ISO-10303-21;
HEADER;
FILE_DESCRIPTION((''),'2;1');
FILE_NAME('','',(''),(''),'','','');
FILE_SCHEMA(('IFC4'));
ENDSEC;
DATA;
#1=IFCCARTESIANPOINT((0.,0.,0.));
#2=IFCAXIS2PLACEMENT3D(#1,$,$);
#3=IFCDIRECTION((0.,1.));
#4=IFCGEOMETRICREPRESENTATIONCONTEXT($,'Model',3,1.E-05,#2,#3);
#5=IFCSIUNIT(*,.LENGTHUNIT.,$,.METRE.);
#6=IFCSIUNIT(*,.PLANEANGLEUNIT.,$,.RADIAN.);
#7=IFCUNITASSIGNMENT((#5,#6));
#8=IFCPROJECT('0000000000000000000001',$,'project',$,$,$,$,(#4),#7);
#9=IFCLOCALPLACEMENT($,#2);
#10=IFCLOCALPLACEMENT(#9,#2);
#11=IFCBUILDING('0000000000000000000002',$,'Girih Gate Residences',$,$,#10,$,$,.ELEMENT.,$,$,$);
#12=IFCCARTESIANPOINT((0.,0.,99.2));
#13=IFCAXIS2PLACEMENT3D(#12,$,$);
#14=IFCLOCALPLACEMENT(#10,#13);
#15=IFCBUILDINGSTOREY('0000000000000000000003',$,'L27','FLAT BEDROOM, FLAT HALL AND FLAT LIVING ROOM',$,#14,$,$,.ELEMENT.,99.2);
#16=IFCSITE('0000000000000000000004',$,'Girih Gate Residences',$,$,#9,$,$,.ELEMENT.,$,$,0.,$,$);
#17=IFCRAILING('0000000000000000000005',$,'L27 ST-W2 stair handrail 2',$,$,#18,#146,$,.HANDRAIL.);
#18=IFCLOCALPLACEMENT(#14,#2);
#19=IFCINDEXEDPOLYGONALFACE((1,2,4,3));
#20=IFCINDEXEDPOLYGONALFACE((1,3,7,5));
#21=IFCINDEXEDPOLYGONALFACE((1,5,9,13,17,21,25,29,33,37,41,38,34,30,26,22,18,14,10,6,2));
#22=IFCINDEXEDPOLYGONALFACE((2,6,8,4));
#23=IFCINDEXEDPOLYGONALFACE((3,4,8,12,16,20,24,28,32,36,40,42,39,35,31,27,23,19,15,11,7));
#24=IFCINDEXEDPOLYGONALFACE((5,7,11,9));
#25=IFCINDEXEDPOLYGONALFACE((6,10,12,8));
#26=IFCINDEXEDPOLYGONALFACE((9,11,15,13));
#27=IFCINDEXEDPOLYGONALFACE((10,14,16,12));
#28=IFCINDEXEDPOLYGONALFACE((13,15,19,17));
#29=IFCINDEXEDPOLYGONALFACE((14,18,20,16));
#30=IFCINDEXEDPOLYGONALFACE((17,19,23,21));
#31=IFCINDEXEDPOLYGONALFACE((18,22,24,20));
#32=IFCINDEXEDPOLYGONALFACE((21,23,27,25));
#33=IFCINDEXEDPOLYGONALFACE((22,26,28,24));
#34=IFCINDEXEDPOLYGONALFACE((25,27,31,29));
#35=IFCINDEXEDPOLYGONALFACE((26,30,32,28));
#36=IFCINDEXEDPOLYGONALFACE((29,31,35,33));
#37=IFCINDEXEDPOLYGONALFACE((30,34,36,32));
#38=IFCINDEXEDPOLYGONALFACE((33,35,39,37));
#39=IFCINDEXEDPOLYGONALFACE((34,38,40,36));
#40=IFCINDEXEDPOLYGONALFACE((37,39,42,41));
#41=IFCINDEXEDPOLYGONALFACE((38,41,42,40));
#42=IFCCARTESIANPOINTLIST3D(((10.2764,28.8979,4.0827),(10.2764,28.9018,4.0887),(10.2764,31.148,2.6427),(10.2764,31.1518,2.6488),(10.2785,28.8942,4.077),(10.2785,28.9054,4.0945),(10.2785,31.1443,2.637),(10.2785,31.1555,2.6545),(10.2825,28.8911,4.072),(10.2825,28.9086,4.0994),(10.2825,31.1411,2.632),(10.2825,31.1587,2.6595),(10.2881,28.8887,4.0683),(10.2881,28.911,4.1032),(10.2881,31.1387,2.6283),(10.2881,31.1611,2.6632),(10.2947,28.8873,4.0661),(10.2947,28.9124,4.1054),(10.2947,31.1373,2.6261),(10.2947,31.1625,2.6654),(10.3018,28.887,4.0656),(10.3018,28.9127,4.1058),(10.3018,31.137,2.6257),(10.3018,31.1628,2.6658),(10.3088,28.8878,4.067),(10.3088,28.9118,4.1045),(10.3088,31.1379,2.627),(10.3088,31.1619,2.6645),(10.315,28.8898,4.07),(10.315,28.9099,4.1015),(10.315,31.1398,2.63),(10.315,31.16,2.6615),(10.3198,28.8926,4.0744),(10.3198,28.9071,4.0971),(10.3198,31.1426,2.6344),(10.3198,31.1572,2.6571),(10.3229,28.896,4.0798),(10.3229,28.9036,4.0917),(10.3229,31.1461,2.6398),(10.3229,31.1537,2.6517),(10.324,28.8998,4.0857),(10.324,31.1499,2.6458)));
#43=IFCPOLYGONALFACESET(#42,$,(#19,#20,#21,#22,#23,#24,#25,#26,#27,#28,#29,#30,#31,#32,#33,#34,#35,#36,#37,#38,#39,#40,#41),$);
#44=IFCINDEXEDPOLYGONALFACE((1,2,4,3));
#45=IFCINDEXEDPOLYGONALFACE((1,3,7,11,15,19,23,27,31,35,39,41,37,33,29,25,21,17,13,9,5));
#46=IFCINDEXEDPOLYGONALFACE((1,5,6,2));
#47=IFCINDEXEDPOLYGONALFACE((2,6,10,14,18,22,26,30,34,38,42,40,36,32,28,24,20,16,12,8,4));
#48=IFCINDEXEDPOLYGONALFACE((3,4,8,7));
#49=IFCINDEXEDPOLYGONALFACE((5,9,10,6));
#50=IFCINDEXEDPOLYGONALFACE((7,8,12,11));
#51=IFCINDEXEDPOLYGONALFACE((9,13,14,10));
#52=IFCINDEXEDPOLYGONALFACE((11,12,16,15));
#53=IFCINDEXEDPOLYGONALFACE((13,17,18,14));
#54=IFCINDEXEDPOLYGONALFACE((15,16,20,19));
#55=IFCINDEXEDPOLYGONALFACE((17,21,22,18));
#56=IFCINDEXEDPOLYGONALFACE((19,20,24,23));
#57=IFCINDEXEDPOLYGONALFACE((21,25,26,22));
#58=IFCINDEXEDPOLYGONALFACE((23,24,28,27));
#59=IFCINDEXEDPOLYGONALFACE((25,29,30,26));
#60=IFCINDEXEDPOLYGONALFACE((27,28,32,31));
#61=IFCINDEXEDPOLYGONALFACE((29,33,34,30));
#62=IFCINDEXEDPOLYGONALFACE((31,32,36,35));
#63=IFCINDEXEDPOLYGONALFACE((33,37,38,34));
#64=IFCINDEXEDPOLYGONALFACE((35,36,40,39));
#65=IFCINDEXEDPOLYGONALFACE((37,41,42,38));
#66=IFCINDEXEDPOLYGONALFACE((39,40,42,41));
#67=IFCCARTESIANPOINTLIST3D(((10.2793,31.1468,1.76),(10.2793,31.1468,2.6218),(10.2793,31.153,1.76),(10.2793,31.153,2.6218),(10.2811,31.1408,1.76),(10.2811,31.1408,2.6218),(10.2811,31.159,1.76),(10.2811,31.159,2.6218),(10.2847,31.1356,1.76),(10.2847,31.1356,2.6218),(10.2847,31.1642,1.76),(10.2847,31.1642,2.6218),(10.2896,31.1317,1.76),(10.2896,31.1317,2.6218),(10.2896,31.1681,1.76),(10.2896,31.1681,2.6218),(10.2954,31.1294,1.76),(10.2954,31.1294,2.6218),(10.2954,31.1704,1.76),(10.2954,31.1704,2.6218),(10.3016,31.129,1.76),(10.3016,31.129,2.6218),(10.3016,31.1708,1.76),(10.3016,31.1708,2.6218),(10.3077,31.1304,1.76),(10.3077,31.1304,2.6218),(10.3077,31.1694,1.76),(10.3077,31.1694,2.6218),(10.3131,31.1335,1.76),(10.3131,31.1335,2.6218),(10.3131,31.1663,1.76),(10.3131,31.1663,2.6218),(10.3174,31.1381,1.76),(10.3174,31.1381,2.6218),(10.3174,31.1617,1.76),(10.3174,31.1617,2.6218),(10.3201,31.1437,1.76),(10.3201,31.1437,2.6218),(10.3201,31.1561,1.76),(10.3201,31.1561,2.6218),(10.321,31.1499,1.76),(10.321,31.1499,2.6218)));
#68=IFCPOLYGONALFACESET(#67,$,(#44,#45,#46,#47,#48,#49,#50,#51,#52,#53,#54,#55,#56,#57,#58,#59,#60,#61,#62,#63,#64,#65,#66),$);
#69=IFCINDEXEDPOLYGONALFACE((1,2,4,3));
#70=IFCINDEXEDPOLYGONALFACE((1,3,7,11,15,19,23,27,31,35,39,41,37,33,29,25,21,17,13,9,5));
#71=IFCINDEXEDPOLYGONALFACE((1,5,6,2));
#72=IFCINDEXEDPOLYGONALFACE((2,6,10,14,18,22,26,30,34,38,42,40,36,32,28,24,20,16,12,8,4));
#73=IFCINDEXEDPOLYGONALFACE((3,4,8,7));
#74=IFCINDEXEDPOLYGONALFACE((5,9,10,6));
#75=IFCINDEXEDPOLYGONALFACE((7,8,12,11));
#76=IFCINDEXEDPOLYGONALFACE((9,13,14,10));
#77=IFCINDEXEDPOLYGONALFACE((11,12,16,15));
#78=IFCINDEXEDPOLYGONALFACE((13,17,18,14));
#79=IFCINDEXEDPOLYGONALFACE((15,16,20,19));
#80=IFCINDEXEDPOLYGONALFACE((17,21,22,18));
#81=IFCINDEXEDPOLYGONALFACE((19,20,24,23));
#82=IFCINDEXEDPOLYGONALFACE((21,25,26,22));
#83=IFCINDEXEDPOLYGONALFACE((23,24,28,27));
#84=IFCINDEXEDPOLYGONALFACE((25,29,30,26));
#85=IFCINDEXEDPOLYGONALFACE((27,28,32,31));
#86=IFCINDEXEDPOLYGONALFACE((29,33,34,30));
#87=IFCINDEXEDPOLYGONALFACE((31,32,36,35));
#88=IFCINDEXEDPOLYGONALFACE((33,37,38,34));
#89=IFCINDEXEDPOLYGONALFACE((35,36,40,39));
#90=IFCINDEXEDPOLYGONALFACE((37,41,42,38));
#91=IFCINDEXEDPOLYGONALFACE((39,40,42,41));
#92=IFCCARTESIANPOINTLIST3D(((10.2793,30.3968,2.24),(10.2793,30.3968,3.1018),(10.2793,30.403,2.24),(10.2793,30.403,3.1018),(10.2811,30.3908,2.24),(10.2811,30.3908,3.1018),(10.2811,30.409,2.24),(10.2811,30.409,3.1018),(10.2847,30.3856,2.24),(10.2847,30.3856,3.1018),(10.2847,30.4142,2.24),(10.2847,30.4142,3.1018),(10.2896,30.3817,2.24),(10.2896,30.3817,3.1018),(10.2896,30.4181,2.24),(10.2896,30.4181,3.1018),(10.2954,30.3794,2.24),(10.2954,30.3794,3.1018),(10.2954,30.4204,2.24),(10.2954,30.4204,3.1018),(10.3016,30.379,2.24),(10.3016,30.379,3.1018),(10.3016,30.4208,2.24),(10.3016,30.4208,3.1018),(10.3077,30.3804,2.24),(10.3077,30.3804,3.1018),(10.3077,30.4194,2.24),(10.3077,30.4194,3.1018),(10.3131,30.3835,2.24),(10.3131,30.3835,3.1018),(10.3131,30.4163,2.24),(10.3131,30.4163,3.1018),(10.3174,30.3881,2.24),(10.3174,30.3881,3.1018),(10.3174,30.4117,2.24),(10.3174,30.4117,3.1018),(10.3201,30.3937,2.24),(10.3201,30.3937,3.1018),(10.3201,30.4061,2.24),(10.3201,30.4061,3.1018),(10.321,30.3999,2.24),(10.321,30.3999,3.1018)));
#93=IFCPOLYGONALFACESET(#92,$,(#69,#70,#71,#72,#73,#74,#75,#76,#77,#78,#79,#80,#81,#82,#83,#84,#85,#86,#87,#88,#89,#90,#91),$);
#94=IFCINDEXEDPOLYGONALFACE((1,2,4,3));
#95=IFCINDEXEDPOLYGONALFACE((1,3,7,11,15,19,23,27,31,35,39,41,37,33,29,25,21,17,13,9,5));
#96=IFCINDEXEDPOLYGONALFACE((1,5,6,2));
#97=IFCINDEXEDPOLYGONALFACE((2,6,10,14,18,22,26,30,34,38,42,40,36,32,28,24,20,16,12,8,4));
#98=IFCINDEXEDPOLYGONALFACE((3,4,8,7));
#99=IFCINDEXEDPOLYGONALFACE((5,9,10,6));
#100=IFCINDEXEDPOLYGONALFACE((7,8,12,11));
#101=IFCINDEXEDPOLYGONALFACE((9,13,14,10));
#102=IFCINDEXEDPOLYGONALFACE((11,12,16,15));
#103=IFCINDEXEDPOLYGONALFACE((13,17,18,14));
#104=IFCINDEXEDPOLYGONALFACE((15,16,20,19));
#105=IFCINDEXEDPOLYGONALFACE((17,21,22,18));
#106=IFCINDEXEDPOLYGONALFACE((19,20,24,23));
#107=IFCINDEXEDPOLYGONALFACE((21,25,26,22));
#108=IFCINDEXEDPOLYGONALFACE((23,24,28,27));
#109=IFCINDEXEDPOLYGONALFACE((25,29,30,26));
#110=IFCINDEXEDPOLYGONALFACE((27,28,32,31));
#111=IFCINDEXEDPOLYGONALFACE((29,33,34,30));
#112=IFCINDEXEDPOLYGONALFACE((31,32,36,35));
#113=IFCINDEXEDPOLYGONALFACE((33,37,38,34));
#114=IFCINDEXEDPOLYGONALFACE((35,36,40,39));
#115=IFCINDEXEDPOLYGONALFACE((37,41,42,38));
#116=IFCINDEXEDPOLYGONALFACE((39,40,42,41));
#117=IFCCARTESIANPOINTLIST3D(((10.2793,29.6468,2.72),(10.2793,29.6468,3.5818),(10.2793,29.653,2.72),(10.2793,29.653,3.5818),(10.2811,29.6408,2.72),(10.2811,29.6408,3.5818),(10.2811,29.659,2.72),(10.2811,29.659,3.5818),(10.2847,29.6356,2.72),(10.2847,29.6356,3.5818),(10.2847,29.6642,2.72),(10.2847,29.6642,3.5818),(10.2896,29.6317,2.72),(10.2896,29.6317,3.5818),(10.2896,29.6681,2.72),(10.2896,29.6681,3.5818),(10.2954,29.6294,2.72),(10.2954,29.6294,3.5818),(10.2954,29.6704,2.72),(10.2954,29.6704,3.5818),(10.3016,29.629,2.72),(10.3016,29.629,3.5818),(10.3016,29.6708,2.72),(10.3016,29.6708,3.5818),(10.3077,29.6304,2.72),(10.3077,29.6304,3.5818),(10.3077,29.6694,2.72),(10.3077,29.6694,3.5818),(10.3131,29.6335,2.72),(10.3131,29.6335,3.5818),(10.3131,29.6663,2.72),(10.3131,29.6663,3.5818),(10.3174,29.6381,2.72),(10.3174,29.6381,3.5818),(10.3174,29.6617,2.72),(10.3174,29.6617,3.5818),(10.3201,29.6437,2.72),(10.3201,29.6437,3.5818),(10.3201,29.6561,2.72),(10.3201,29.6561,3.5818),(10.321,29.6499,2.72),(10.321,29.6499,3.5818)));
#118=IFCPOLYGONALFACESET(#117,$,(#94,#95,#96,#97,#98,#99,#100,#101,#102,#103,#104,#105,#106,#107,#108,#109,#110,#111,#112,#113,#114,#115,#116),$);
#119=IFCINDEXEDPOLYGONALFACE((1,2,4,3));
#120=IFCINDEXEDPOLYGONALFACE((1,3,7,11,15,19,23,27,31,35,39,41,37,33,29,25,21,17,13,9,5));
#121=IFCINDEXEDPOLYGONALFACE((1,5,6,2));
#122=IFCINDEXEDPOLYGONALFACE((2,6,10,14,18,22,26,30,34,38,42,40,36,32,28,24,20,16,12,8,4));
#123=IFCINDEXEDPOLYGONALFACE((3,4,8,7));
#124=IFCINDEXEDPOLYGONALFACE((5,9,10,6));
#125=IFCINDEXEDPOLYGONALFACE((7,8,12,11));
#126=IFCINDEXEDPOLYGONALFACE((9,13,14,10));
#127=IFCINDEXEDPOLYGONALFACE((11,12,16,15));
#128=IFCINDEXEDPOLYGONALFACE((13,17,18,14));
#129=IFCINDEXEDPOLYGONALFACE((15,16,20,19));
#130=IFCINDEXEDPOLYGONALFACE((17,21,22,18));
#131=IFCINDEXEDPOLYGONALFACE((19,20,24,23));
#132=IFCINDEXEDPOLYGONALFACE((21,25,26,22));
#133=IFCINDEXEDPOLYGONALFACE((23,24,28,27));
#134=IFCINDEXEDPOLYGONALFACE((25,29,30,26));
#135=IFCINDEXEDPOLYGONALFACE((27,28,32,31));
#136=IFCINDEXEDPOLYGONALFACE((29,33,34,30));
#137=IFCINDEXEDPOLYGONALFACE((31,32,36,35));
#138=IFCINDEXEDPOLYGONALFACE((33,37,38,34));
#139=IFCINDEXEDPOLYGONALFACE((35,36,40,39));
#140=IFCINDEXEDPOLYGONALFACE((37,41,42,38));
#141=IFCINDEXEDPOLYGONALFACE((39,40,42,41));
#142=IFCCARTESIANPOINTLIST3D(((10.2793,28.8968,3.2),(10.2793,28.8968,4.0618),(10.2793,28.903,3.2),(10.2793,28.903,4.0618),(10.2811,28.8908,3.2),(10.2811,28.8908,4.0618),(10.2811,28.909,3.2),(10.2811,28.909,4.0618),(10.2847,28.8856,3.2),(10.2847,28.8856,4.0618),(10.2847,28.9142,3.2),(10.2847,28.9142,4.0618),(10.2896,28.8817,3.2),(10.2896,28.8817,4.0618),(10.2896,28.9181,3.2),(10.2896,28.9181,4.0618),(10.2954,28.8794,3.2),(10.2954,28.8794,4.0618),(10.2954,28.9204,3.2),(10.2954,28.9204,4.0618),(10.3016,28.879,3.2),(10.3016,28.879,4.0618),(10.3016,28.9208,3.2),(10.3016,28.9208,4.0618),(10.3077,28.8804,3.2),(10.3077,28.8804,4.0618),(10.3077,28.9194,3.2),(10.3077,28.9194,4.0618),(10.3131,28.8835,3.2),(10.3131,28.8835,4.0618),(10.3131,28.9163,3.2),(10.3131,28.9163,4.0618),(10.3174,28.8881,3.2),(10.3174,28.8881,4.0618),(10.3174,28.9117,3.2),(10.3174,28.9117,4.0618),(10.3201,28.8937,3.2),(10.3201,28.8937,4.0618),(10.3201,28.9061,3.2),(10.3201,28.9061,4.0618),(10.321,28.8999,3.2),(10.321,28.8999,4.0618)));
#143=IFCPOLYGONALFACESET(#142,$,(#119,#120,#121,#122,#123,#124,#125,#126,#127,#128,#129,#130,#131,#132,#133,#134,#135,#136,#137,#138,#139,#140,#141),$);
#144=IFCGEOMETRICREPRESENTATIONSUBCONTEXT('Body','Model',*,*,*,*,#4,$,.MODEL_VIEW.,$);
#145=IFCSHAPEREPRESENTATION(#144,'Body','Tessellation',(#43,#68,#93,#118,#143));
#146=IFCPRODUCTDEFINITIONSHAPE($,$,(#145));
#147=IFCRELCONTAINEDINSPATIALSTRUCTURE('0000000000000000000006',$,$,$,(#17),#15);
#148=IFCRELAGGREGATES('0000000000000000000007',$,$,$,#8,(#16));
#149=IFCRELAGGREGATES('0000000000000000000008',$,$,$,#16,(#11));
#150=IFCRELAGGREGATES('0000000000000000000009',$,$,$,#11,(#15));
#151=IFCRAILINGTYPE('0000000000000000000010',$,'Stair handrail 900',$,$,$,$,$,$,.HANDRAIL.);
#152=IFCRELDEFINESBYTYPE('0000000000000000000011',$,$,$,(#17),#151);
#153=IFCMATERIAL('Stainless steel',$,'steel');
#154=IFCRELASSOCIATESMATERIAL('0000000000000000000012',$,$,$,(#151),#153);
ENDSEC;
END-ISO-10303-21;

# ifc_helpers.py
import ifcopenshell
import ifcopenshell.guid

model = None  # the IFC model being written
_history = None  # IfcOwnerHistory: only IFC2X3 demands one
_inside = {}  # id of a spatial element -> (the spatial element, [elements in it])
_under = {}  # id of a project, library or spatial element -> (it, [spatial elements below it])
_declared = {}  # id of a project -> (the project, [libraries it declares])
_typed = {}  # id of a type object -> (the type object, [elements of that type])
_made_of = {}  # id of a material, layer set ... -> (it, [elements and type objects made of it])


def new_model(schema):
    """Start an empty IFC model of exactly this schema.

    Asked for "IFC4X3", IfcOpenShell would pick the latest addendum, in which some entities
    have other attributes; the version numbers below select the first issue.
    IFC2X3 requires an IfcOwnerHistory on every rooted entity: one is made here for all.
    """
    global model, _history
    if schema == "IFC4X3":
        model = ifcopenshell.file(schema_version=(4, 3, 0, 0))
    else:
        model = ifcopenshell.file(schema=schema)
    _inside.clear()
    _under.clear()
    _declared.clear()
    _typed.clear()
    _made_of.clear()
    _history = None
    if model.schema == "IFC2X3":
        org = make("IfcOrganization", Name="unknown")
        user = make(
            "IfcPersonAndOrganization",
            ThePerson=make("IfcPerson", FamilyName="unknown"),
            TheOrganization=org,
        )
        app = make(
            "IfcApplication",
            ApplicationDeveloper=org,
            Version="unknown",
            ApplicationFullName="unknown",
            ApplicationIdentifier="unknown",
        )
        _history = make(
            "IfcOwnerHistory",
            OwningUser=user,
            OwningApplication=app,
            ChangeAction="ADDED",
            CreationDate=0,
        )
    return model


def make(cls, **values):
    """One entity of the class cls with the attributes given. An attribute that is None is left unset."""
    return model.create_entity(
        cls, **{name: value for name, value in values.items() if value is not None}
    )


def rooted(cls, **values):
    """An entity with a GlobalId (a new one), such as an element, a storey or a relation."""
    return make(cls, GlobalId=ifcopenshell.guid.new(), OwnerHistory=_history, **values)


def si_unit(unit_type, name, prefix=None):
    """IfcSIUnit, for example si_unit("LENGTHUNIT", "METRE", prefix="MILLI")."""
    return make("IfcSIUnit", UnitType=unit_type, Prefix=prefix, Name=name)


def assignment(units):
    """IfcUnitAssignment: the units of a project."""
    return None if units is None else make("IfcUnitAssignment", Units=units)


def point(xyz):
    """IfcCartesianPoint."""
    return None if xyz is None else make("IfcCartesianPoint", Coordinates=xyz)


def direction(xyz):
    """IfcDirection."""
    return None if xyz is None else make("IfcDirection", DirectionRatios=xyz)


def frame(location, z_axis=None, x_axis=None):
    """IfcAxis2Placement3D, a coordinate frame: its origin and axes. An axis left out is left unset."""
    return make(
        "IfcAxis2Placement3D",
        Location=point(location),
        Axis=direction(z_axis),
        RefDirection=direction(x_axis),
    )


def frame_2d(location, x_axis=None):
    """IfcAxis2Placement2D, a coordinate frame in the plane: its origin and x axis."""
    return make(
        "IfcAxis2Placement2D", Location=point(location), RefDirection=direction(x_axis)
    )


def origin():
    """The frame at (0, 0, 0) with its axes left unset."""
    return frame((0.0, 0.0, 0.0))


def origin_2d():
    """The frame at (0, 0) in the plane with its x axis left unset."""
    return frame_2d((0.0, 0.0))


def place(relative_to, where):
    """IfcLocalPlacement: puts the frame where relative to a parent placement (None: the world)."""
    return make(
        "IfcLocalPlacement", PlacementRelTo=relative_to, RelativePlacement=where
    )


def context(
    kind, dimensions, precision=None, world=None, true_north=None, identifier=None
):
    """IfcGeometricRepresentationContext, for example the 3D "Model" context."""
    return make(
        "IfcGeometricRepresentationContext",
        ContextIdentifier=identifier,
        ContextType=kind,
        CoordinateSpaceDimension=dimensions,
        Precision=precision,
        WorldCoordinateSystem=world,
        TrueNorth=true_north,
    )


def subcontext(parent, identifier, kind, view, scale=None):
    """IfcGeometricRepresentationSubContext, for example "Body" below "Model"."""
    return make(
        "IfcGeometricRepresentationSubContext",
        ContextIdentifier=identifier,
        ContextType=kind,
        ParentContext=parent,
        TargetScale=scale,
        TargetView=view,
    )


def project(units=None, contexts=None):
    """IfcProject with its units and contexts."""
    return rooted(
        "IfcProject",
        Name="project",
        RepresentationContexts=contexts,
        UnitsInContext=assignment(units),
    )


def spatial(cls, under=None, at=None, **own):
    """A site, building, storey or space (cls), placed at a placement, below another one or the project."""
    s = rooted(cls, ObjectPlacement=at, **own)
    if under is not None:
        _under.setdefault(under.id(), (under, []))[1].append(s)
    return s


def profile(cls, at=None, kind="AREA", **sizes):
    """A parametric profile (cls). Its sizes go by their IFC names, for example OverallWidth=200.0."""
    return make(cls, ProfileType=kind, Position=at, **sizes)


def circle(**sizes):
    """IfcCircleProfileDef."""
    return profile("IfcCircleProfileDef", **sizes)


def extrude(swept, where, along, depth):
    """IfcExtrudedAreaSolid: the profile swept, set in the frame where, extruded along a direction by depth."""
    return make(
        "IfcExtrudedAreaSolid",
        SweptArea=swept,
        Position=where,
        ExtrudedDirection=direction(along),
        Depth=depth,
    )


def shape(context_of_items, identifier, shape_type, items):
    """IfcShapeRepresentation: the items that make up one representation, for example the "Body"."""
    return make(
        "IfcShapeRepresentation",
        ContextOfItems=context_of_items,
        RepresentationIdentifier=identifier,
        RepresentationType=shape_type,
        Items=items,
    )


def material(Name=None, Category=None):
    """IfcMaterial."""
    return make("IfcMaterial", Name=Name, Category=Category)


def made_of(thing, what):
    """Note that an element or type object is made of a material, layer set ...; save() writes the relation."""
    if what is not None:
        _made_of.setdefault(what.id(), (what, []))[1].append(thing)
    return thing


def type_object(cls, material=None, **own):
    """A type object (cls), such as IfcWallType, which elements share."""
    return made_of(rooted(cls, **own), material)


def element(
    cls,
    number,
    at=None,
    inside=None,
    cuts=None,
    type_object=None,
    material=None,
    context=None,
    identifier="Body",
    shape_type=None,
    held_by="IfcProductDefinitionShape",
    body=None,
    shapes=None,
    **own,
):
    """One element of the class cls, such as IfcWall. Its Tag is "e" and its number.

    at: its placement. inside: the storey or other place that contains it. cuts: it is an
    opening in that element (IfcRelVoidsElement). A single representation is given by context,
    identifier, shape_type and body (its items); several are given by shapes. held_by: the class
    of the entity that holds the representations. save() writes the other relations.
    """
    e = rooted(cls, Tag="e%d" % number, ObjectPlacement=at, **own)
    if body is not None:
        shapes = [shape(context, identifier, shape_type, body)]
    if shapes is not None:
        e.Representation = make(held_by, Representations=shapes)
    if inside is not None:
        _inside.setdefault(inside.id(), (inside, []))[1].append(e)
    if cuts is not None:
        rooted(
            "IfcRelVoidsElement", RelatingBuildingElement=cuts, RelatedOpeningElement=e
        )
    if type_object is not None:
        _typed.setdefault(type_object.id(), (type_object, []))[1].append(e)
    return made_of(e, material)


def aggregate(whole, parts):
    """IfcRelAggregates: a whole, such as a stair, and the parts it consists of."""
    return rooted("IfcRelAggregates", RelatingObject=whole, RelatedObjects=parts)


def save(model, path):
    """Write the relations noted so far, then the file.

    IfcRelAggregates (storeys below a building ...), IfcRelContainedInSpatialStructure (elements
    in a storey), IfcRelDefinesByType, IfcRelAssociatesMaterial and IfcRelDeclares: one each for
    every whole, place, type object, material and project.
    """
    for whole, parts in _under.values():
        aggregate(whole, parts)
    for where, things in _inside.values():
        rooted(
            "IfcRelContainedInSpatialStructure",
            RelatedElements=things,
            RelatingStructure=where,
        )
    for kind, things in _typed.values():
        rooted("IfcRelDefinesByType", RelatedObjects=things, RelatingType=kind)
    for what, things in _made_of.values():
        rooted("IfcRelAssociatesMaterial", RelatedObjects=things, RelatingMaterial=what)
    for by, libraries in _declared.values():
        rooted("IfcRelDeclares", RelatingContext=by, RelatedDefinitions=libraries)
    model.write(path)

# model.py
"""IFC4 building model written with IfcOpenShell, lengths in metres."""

from ifc_helpers import new_model, si_unit, direction, frame, origin, origin_2d, place, context, subcontext, project, spatial, circle, extrude, material, type_object, element, save


model = new_model("IFC4")

# Units and contexts
model_context = context("Model", 3, precision=1e-05, world=origin(), true_north=direction((0.0, 1.0)))
body_context = subcontext(model_context, "Body", "Model", "MODEL_VIEW")
ifc_project = project(units=[si_unit("LENGTHUNIT", "METRE"), si_unit("PLANEANGLEUNIT", "RADIAN")], contexts=[model_context])

# Site, building, storey
site_placement = place(None, origin())
site = spatial("IfcSite", under=ifc_project, at=site_placement, Name="Girih Gate Residences", CompositionType="ELEMENT", RefElevation=0.0)
building_placement = place(site_placement, origin())
building = spatial("IfcBuilding", under=site, at=building_placement, Name="Girih Gate Residences", CompositionType="ELEMENT")
storey_placement = place(building_placement, frame((0.0, 0.0, 99.2)))
storey = spatial("IfcBuildingStorey", under=building, at=storey_placement, Name="L27", Description="FLAT BEDROOM, FLAT HALL AND FLAT LIVING ROOM", CompositionType="ELEMENT", Elevation=99.2)

# Railing
ifc_material_1 = material(Name="Stainless steel", Category="steel")
railing_type_1 = type_object("IfcRailingType", Name="Stair handrail 900", PredefinedType="HANDRAIL", material=ifc_material_1)
railing_1_placement = place(storey_placement, frame((10.3, 31.1499, 1.76)))
element("IfcRailing", 1, at=railing_1_placement, inside=storey, type_object=railing_type_1, Name="L27 ST-W2 stair handrail 2", PredefinedType="HANDRAIL", context=body_context, shape_type="SweptSolid", body=[
    extrude(circle(Radius=0.0239, at=origin_2d()), frame((0.0, 0.0, 0.8857), z_axis=(0.0, -0.842281, 0.539038), x_axis=(1.0, 0.0, 0.0)), (0.0, 0.0, 1.0), 2.6714),
    extrude(circle(Radius=0.021, at=origin_2d()), origin(), (0.0, 0.0, 1.0), 0.8618),
    extrude(circle(Radius=0.021, at=origin_2d()), frame((0.0, -0.75, 0.48)), (0.0, 0.0, 1.0), 0.8618),
    extrude(circle(Radius=0.021, at=origin_2d()), frame((0.0, -1.5, 0.96)), (0.0, 0.0, 1.0), 0.8618),
    extrude(circle(Radius=0.021, at=origin_2d()), frame((0.0, -2.25, 1.4399)), (0.0, 0.0, 1.0), 0.8618),
])

save(model, "model.ifc")
